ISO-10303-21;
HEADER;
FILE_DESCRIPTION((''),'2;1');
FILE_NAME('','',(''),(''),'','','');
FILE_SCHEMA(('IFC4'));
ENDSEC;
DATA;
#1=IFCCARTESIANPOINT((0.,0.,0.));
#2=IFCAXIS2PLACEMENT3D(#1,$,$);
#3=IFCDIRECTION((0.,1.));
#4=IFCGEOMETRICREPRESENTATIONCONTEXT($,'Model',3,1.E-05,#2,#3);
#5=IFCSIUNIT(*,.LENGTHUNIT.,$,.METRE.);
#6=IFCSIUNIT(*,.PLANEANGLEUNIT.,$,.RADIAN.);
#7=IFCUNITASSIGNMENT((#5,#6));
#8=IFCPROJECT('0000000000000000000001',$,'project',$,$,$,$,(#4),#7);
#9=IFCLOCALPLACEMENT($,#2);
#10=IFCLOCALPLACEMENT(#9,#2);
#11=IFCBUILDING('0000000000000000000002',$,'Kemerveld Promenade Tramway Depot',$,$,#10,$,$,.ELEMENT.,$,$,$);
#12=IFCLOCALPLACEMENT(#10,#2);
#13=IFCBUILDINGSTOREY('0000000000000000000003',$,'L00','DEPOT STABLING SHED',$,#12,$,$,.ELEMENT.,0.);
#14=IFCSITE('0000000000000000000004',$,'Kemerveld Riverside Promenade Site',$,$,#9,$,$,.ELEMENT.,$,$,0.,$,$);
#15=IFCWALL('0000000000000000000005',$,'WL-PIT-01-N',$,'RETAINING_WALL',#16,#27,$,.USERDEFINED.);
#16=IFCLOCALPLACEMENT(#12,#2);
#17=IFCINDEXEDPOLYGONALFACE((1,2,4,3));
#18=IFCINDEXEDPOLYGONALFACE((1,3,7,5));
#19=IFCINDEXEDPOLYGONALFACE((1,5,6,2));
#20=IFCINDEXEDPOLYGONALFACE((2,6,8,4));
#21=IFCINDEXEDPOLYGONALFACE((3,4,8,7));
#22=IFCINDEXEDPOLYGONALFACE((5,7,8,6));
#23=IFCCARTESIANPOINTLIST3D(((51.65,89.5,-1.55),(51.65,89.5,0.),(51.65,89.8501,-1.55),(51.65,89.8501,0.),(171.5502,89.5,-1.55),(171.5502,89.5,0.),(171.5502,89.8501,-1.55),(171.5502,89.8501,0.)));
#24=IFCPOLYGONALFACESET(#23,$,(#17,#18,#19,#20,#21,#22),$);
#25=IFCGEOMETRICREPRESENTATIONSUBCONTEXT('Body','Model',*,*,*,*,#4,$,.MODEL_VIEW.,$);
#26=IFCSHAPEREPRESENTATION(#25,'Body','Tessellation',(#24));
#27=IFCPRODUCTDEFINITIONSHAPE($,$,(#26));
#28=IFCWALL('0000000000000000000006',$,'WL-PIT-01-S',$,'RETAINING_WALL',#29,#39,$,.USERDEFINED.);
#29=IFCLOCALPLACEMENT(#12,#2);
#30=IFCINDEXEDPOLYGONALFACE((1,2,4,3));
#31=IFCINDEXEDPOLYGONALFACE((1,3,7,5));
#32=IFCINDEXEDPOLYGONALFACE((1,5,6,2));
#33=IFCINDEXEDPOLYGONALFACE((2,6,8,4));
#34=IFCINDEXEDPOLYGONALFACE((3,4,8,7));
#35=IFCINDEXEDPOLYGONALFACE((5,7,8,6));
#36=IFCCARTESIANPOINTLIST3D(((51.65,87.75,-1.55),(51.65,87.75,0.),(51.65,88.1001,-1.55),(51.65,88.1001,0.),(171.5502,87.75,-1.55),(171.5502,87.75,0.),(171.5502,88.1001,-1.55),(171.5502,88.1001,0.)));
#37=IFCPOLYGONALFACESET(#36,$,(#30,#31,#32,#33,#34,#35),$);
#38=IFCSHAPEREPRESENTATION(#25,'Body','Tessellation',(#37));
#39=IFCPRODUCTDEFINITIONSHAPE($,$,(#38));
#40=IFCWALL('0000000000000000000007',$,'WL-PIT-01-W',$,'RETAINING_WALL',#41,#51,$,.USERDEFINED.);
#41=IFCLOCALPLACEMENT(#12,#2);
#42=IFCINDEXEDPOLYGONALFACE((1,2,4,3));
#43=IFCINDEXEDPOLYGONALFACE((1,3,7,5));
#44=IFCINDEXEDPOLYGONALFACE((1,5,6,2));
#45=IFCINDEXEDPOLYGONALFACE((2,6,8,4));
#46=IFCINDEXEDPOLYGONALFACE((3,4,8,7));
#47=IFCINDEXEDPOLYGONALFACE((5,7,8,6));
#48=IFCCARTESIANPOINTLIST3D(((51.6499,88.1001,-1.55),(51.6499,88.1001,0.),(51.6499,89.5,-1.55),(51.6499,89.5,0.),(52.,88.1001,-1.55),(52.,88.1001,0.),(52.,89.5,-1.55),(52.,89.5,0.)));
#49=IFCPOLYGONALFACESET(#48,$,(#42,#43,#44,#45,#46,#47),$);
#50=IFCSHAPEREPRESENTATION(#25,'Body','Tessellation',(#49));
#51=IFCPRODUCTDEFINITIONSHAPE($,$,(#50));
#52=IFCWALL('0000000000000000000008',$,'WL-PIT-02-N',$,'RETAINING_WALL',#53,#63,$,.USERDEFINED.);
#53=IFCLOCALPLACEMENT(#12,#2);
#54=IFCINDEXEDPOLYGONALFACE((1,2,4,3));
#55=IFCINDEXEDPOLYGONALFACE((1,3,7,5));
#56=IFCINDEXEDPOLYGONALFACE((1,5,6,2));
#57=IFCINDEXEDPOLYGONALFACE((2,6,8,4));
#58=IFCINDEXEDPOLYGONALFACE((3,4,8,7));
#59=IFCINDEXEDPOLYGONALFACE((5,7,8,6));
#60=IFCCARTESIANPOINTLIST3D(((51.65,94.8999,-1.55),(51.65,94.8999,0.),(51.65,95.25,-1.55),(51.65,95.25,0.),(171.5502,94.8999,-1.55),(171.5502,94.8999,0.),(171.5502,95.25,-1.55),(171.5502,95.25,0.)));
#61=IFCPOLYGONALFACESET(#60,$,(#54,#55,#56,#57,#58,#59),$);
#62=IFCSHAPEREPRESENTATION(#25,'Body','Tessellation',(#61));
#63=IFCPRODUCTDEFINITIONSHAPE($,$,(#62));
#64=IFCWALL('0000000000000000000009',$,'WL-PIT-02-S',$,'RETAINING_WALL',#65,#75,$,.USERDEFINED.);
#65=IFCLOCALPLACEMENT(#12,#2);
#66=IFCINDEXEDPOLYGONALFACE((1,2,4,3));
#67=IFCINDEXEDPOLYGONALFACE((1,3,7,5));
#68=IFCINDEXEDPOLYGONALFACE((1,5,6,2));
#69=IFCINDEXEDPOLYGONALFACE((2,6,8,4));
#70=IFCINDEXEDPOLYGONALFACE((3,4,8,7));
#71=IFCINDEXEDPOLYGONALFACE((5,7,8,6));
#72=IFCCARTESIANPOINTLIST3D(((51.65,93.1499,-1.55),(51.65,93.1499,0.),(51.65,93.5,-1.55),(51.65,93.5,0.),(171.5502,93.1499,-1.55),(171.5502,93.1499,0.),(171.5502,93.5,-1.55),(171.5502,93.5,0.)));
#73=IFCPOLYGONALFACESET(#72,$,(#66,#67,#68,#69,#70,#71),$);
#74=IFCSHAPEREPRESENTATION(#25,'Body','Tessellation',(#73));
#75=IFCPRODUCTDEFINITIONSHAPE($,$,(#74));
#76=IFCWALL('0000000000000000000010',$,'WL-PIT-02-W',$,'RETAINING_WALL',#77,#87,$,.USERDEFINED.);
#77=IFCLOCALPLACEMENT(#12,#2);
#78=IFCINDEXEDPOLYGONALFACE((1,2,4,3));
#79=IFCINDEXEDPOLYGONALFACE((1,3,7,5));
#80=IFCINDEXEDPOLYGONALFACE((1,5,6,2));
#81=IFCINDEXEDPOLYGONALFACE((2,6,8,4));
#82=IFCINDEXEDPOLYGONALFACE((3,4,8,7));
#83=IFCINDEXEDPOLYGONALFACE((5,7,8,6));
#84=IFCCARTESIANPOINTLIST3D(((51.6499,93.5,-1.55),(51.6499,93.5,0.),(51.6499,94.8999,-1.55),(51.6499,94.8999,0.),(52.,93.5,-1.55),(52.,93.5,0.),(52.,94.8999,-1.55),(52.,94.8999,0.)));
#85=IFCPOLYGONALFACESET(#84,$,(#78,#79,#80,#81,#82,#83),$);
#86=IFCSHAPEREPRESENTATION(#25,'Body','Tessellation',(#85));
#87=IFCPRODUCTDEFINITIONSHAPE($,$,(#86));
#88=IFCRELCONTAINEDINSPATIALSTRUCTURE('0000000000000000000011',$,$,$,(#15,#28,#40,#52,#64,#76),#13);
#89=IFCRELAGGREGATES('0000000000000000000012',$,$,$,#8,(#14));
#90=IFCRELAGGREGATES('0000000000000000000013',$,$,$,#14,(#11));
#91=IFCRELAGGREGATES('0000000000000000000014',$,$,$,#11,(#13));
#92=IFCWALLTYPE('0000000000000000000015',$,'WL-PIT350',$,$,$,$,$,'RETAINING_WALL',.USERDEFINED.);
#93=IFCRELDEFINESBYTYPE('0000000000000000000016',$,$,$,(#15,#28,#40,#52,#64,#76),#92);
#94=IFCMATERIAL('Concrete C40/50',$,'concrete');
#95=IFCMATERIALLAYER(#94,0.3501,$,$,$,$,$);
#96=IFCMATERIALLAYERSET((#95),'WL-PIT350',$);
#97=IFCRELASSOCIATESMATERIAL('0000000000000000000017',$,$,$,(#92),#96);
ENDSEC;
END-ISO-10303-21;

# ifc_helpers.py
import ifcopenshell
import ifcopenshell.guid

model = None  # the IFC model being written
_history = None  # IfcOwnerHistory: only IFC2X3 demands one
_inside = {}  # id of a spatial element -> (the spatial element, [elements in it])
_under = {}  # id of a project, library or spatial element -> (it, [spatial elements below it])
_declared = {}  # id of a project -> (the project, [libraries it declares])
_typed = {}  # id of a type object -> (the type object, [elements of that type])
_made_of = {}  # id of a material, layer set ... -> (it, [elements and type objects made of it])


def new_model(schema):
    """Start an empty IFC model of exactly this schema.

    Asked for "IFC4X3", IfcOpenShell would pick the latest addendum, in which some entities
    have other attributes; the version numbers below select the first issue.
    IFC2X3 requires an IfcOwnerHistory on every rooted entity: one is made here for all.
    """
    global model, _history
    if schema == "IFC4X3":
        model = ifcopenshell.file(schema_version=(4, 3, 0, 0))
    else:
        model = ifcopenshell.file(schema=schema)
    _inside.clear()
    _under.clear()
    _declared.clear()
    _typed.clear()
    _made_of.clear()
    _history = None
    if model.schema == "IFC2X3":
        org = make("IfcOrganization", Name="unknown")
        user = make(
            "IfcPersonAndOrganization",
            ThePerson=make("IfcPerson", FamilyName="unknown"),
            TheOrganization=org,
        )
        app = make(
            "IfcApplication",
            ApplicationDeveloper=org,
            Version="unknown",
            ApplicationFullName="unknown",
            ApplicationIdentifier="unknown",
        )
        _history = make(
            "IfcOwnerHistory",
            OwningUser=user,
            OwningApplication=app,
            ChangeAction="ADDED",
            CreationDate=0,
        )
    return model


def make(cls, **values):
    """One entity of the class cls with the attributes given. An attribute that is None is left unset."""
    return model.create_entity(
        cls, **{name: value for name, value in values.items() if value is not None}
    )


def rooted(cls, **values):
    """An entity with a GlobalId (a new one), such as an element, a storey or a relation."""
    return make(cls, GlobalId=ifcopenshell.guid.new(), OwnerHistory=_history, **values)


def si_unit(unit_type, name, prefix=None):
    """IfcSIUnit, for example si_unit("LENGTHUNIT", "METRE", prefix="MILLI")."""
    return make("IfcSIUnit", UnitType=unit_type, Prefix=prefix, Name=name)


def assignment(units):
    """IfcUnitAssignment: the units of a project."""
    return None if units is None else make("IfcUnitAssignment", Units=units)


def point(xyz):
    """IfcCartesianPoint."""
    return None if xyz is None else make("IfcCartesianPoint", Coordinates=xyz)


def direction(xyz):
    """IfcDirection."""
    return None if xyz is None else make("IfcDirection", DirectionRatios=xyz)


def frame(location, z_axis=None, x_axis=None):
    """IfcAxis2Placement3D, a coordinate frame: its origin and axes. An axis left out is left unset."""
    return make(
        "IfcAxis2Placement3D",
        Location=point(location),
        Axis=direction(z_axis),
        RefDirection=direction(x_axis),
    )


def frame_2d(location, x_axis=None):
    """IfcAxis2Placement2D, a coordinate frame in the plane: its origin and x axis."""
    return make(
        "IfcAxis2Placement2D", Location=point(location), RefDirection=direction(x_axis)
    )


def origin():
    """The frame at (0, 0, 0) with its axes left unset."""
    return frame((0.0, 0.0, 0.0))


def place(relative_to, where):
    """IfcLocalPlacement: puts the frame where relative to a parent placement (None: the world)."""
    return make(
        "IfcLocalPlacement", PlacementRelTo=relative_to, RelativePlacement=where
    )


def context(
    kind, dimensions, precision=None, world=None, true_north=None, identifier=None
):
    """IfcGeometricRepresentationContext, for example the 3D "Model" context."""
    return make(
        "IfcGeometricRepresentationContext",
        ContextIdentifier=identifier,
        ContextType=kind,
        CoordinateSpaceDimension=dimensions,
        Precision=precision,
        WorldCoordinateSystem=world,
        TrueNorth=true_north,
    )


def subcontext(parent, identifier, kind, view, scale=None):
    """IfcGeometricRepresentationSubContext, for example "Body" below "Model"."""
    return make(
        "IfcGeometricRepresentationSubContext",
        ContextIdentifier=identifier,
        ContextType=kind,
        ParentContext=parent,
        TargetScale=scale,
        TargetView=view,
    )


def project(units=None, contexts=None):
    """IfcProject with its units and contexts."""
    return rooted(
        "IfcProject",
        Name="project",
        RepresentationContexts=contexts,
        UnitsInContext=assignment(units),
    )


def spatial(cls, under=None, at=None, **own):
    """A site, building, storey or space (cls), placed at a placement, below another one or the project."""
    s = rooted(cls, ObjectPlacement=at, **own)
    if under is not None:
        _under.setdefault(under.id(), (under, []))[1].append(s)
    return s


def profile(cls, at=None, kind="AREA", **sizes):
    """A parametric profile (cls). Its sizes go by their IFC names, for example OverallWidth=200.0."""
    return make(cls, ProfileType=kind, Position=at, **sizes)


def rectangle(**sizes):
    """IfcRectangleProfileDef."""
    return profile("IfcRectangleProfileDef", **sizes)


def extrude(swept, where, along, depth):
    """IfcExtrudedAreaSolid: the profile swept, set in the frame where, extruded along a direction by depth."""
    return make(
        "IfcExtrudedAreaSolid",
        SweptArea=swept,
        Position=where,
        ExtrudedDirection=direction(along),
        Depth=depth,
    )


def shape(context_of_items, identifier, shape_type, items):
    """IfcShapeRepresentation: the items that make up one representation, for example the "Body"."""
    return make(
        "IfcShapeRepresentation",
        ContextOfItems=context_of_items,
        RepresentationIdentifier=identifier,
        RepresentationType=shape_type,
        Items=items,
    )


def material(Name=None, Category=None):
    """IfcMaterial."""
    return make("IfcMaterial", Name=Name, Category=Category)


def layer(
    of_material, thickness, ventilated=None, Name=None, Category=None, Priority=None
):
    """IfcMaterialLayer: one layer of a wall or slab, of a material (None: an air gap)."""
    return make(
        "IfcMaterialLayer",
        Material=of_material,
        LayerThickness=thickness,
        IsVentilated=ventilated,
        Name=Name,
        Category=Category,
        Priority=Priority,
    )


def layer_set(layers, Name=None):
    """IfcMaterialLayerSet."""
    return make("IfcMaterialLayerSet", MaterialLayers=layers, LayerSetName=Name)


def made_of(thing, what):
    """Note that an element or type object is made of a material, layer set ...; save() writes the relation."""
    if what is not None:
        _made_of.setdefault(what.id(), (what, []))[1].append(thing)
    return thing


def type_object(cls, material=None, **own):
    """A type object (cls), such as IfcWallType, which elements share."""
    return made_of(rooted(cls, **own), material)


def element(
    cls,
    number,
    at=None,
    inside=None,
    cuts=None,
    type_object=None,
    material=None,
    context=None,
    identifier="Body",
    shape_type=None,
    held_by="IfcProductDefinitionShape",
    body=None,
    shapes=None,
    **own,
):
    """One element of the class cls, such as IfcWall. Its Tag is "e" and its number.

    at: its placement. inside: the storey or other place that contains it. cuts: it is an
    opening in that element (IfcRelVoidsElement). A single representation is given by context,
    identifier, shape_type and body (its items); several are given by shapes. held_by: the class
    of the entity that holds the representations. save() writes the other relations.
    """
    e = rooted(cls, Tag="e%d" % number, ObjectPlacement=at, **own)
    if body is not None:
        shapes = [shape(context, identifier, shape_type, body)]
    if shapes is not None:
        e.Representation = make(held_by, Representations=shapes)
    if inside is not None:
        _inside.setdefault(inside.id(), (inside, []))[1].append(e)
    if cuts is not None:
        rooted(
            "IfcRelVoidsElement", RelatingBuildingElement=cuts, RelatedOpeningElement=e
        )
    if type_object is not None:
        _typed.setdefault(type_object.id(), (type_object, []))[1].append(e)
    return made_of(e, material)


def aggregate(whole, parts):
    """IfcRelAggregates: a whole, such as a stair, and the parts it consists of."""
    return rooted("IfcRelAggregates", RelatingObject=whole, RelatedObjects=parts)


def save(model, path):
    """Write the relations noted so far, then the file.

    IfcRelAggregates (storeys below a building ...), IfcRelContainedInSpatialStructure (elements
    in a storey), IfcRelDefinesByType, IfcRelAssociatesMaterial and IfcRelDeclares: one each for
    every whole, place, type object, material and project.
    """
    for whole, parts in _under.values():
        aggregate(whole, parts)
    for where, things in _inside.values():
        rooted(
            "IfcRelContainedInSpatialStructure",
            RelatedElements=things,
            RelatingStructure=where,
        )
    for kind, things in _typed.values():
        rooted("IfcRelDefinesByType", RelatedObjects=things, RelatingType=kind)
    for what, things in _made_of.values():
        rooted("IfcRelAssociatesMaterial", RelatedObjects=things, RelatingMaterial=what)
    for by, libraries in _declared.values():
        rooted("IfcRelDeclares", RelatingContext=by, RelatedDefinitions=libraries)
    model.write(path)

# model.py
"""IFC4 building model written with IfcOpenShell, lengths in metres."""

from ifc_helpers import new_model, si_unit, direction, frame, frame_2d, origin, place, context, subcontext, project, spatial, rectangle, extrude, material, layer, layer_set, type_object, element, save


model = new_model("IFC4")

# Units and contexts
model_context = context("Model", 3, precision=1e-05, world=origin(), true_north=direction((0.0, 1.0)))
body_context = subcontext(model_context, "Body", "Model", "MODEL_VIEW")
ifc_project = project(units=[si_unit("LENGTHUNIT", "METRE"), si_unit("PLANEANGLEUNIT", "RADIAN")], contexts=[model_context])

# Site, building, storey
site_placement = place(None, origin())
site = spatial("IfcSite", under=ifc_project, at=site_placement, Name="Kemerveld Riverside Promenade Site", CompositionType="ELEMENT", RefElevation=0.0)
building_placement = place(site_placement, origin())
building = spatial("IfcBuilding", under=site, at=building_placement, Name="Kemerveld Promenade Tramway Depot", CompositionType="ELEMENT")
storey_placement = place(building_placement, origin())
storey = spatial("IfcBuildingStorey", under=building, at=storey_placement, Name="L00", Description="DEPOT STABLING SHED", CompositionType="ELEMENT", Elevation=0.0)

# Walls
ifc_material_1 = material(Name="Concrete C40/50", Category="concrete")
ifc_layer_1 = layer(ifc_material_1, 0.3501)
ifc_layer_set_1 = layer_set([ifc_layer_1], Name="WL-PIT350")
wall_type_1 = type_object("IfcWallType", Name="WL-PIT350", ElementType="RETAINING_WALL", PredefinedType="USERDEFINED", material=ifc_layer_set_1)
for number, where, z_axis, x_axis, name in (
    (1, (51.6499, 89.675, -1.55), (0.0, 0.0, 1.0), (1.0, 0.0, 0.0), "WL-PIT-01-N"),
    (2, (51.6499, 87.925, -1.55), (0.0, 0.0, 1.0), (1.0, 0.0, 0.0), "WL-PIT-01-S"),
):
    element("IfcWall", number, at=place(storey_placement, frame(where, z_axis=z_axis, x_axis=x_axis)), inside=storey, type_object=wall_type_1, Name=name, ObjectType="RETAINING_WALL", PredefinedType="USERDEFINED", context=body_context, shape_type="SweptSolid", body=[
        extrude(rectangle(XDim=119.9001, YDim=0.3501, at=frame_2d((59.9502, 0.0))), origin(), (0.0, 0.0, 1.0), 1.55),
    ])
wall_1_placement = place(storey_placement, frame((51.825, 88.1001, -1.55), z_axis=(0.0, 0.0, 1.0), x_axis=(0.0, 1.0, 0.0)))
element("IfcWall", 3, at=wall_1_placement, inside=storey, type_object=wall_type_1, Name="WL-PIT-01-W", ObjectType="RETAINING_WALL", PredefinedType="USERDEFINED", context=body_context, shape_type="SweptSolid", body=[
    extrude(rectangle(XDim=1.3999, YDim=0.3501, at=frame_2d((0.7, 0.0))), origin(), (0.0, 0.0, 1.0), 1.55),
])
for number, where, z_axis, x_axis, name in (
    (4, (51.6499, 95.075, -1.55), (0.0, 0.0, 1.0), (1.0, 0.0, 0.0), "WL-PIT-02-N"),
    (5, (51.6499, 93.325, -1.55), (0.0, 0.0, 1.0), (1.0, 0.0, 0.0), "WL-PIT-02-S"),
):
    element("IfcWall", number, at=place(storey_placement, frame(where, z_axis=z_axis, x_axis=x_axis)), inside=storey, type_object=wall_type_1, Name=name, ObjectType="RETAINING_WALL", PredefinedType="USERDEFINED", context=body_context, shape_type="SweptSolid", body=[
        extrude(rectangle(XDim=119.9001, YDim=0.3501, at=frame_2d((59.9502, 0.0))), origin(), (0.0, 0.0, 1.0), 1.55),
    ])
wall_2_placement = place(storey_placement, frame((51.825, 93.5, -1.55), z_axis=(0.0, 0.0, 1.0), x_axis=(0.0, 1.0, 0.0)))
element("IfcWall", 6, at=wall_2_placement, inside=storey, type_object=wall_type_1, Name="WL-PIT-02-W", ObjectType="RETAINING_WALL", PredefinedType="USERDEFINED", context=body_context, shape_type="SweptSolid", body=[
    extrude(rectangle(XDim=1.3999, YDim=0.3501, at=frame_2d((0.7, 0.0))), origin(), (0.0, 0.0, 1.0), 1.55),
])

save(model, "model.ifc")
